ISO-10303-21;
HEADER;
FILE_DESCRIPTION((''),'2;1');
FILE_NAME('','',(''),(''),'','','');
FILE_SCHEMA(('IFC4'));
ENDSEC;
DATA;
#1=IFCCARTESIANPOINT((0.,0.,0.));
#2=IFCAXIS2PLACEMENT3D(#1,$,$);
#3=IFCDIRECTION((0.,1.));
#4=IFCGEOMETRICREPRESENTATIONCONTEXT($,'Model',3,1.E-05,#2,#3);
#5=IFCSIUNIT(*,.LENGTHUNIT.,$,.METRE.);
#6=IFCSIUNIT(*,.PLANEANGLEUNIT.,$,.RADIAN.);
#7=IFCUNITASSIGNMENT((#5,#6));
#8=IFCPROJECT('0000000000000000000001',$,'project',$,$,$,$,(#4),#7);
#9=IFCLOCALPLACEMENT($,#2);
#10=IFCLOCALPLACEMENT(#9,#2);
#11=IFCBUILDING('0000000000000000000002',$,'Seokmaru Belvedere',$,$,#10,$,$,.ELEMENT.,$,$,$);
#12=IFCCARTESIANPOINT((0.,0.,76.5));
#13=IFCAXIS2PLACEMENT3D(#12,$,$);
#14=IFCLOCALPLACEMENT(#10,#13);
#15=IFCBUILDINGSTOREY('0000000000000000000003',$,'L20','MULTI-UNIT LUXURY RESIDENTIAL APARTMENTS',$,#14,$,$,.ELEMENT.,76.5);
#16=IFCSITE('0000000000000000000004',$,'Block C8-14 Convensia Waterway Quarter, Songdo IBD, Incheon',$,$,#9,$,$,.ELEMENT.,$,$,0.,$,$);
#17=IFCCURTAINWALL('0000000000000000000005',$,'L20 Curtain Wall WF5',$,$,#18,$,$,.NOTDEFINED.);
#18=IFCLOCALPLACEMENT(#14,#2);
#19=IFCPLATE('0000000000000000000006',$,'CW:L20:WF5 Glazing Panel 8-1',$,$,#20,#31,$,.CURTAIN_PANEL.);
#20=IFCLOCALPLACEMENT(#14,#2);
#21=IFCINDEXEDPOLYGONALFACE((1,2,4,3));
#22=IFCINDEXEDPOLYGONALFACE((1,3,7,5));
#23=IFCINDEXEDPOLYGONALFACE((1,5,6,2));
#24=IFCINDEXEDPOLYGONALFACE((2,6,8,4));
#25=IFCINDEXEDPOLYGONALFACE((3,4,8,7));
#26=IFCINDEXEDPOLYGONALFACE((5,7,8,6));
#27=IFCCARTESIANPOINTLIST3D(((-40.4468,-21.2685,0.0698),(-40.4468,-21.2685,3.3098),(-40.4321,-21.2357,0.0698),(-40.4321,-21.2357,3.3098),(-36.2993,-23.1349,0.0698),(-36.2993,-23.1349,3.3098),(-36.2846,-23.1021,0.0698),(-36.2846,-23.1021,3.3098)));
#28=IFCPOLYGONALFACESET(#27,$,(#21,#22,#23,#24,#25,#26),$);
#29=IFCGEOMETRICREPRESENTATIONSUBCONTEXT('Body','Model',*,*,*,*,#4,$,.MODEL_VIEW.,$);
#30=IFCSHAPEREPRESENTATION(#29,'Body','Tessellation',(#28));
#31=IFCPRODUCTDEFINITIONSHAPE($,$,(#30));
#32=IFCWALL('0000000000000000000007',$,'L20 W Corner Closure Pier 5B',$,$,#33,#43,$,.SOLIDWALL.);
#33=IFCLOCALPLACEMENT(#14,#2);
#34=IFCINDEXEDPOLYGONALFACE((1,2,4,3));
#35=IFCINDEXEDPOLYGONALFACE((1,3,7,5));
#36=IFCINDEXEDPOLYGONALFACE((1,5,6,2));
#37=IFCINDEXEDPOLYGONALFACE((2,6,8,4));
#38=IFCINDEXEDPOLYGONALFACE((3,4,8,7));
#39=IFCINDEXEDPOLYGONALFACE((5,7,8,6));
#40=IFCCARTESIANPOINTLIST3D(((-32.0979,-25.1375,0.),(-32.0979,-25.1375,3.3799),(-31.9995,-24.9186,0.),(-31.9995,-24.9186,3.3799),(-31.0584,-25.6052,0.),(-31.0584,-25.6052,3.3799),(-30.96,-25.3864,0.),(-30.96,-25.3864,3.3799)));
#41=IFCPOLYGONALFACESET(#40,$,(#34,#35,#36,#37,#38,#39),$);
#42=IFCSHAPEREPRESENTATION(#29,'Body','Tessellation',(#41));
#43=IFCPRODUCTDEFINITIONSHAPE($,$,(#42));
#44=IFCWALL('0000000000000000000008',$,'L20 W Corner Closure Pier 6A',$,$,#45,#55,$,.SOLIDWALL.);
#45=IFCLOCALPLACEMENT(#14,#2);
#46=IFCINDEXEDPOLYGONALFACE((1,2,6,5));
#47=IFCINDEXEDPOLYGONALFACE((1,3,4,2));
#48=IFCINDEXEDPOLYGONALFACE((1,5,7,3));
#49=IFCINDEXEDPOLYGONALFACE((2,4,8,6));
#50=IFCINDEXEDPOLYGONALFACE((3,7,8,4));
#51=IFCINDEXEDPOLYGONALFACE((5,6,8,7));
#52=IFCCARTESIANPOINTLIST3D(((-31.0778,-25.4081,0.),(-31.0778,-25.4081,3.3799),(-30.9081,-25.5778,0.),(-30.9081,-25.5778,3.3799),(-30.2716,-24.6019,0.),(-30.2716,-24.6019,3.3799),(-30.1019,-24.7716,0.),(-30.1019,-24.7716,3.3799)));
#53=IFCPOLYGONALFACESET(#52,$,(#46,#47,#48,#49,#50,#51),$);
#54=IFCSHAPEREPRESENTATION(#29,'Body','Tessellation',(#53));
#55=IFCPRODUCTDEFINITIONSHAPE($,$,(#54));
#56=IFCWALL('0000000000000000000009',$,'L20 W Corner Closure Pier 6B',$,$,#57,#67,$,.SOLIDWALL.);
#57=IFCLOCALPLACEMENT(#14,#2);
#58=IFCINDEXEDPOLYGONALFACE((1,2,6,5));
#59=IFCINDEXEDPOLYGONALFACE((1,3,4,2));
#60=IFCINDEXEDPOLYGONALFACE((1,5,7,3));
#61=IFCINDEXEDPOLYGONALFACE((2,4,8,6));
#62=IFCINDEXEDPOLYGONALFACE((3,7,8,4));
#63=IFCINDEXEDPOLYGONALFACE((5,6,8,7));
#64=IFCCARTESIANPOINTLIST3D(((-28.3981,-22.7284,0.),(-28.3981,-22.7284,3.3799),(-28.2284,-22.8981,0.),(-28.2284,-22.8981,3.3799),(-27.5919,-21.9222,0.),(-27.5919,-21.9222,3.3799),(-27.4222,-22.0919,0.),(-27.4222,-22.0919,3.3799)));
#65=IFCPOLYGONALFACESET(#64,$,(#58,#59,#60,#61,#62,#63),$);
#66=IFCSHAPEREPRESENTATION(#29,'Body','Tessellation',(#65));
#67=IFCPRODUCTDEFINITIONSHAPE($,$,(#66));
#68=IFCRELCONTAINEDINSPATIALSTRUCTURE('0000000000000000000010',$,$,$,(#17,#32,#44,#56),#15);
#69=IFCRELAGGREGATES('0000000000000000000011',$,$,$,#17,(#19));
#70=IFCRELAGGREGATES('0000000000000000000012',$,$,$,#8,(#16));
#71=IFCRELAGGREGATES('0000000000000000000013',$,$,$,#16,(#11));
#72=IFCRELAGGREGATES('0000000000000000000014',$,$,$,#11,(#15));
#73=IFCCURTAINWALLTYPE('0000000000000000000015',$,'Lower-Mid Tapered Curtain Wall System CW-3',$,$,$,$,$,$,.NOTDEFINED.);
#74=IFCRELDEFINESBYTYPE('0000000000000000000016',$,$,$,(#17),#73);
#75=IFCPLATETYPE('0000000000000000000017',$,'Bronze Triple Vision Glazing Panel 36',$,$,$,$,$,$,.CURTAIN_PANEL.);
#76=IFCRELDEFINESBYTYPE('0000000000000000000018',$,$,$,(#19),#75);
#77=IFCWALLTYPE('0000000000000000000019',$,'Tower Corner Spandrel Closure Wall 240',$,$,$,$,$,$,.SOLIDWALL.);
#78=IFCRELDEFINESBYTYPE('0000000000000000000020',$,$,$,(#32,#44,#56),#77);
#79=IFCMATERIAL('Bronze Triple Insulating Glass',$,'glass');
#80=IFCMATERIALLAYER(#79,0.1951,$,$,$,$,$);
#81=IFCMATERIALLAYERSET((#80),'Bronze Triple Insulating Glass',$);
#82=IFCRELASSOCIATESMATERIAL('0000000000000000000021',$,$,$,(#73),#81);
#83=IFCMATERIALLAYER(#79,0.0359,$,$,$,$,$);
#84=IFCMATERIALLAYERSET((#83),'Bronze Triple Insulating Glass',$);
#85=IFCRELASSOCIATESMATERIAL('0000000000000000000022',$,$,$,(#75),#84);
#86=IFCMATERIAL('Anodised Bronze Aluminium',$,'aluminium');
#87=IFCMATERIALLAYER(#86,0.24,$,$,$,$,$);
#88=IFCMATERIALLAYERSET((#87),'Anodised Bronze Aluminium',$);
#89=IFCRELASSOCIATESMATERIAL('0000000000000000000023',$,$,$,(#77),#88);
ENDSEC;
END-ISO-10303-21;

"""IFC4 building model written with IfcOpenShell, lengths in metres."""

from ifc_helpers import new_model, si_unit, direction, frame, frame_2d, origin, origin_2d, place, context, subcontext, project, spatial, rectangle, extrude, source, transform, mapped, material, layer, layer_set, type_object, element, aggregate, save


model = new_model("IFC4")

# Units and contexts
model_context = context("Model", 3, precision=1e-05, world=origin(), true_north=direction((0.0, 1.0)))
body_context = subcontext(model_context, "Body", "Model", "MODEL_VIEW")
ifc_project = project(units=[si_unit("LENGTHUNIT", "METRE"), si_unit("PLANEANGLEUNIT", "RADIAN")], contexts=[model_context])

# Site, building, storey
site_placement = place(None, origin())
site = spatial("IfcSite", under=ifc_project, at=site_placement, Name="Block C8-14 Convensia Waterway Quarter, Songdo IBD, Incheon", CompositionType="ELEMENT", RefElevation=0.0)
building_placement = place(site_placement, origin())
building = spatial("IfcBuilding", under=site, at=building_placement, Name="Seokmaru Belvedere", CompositionType="ELEMENT")
storey_placement = place(building_placement, frame((0.0, 0.0, 76.5)))
storey = spatial("IfcBuildingStorey", under=building, at=storey_placement, Name="L20", Description="MULTI-UNIT LUXURY RESIDENTIAL APARTMENTS", CompositionType="ELEMENT", Elevation=76.5)

# Curtain wall
ifc_material_1 = material(Name="Bronze Triple Insulating Glass", Category="glass")
ifc_layer_1 = layer(ifc_material_1, 0.1951)
ifc_layer_set_1 = layer_set([ifc_layer_1], Name="Bronze Triple Insulating Glass")
curtain_wall_type = type_object("IfcCurtainWallType", Name="Lower-Mid Tapered Curtain Wall System CW-3", PredefinedType="NOTDEFINED", material=ifc_layer_set_1)
curtain_wall_1_placement = place(storey_placement, origin())
curtain_wall_1 = element("IfcCurtainWall", 1, at=curtain_wall_1_placement, inside=storey, type_object=curtain_wall_type, Name="L20 Curtain Wall WF5", PredefinedType="NOTDEFINED")
ifc_material_2 = material(Name="Anodised Bronze Aluminium", Category="aluminium")

# Plate
ifc_layer_2 = layer(ifc_material_1, 0.0359)
ifc_layer_set_2 = layer_set([ifc_layer_2], Name="Bronze Triple Insulating Glass")
plate_type = type_object("IfcPlateType", Name="Bronze Triple Vision Glazing Panel 36", PredefinedType="CURTAIN_PANEL", material=ifc_layer_set_2)
shared_shape_1 = source(origin(), body_context, "Body", "SweptSolid", [
    extrude(rectangle(XDim=4.5481, YDim=0.0359, at=origin_2d()), origin(), (0.0, 0.0, 1.0), 3.24),
])
plate_1_placement = place(storey_placement, frame((-38.3657, -22.1853, 0.0698), z_axis=(0.0, 0.0, 1.0), x_axis=(0.911921, -0.410366, 0.0)))
plate_1 = element("IfcPlate", 2, at=plate_1_placement, type_object=plate_type, Name="CW:L20:WF5 Glazing Panel 8-1", PredefinedType="CURTAIN_PANEL", context=body_context, shape_type="MappedRepresentation", body=[
    mapped(shared_shape_1, transform((0.0, 0.0, 0.0), scale=1.0)),
])
aggregate(curtain_wall_1, [plate_1])

# Walls
ifc_layer_3 = layer(ifc_material_2, 0.24)
ifc_layer_set_3 = layer_set([ifc_layer_3], Name="Anodised Bronze Aluminium")
wall_type_1 = type_object("IfcWallType", Name="Tower Corner Spandrel Closure Wall 240", PredefinedType="SOLIDWALL", material=ifc_layer_set_3)
wall_1_placement = place(storey_placement, frame((-32.0486, -25.0281, 0.0), z_axis=(0.0, 0.0, 1.0), x_axis=(0.91193, -0.410347, 0.0)))
element("IfcWall", 3, at=wall_1_placement, inside=storey, type_object=wall_type_1, Name="L20 W Corner Closure Pier 5B", PredefinedType="SOLIDWALL", context=body_context, shape_type="SweptSolid", body=[
    extrude(rectangle(XDim=1.1399, YDim=0.24, at=frame_2d((0.5698, 0.0))), origin(), (0.0, 0.0, 1.0), 3.3799),
])
for number, where, z_axis, x_axis, name in (
    (4, (-30.9929, -25.4929, 0.0), (0.0, 0.0, 1.0), (0.707107, 0.707107, 0.0), "L20 W Corner Closure Pier 6A"),
    (5, (-28.3132, -22.8132, 0.0), (0.0, 0.0, 1.0), (0.707107, 0.707107, 0.0), "L20 W Corner Closure Pier 6B"),
):
    element("IfcWall", number, at=place(storey_placement, frame(where, z_axis=z_axis, x_axis=x_axis)), inside=storey, type_object=wall_type_1, Name=name, PredefinedType="SOLIDWALL", context=body_context, shape_type="SweptSolid", body=[
        extrude(rectangle(XDim=1.1401, YDim=0.24, at=frame_2d((0.5701, 0.0))), origin(), (0.0, 0.0, 1.0), 3.3799),
    ])

save(model, "model.ifc")
